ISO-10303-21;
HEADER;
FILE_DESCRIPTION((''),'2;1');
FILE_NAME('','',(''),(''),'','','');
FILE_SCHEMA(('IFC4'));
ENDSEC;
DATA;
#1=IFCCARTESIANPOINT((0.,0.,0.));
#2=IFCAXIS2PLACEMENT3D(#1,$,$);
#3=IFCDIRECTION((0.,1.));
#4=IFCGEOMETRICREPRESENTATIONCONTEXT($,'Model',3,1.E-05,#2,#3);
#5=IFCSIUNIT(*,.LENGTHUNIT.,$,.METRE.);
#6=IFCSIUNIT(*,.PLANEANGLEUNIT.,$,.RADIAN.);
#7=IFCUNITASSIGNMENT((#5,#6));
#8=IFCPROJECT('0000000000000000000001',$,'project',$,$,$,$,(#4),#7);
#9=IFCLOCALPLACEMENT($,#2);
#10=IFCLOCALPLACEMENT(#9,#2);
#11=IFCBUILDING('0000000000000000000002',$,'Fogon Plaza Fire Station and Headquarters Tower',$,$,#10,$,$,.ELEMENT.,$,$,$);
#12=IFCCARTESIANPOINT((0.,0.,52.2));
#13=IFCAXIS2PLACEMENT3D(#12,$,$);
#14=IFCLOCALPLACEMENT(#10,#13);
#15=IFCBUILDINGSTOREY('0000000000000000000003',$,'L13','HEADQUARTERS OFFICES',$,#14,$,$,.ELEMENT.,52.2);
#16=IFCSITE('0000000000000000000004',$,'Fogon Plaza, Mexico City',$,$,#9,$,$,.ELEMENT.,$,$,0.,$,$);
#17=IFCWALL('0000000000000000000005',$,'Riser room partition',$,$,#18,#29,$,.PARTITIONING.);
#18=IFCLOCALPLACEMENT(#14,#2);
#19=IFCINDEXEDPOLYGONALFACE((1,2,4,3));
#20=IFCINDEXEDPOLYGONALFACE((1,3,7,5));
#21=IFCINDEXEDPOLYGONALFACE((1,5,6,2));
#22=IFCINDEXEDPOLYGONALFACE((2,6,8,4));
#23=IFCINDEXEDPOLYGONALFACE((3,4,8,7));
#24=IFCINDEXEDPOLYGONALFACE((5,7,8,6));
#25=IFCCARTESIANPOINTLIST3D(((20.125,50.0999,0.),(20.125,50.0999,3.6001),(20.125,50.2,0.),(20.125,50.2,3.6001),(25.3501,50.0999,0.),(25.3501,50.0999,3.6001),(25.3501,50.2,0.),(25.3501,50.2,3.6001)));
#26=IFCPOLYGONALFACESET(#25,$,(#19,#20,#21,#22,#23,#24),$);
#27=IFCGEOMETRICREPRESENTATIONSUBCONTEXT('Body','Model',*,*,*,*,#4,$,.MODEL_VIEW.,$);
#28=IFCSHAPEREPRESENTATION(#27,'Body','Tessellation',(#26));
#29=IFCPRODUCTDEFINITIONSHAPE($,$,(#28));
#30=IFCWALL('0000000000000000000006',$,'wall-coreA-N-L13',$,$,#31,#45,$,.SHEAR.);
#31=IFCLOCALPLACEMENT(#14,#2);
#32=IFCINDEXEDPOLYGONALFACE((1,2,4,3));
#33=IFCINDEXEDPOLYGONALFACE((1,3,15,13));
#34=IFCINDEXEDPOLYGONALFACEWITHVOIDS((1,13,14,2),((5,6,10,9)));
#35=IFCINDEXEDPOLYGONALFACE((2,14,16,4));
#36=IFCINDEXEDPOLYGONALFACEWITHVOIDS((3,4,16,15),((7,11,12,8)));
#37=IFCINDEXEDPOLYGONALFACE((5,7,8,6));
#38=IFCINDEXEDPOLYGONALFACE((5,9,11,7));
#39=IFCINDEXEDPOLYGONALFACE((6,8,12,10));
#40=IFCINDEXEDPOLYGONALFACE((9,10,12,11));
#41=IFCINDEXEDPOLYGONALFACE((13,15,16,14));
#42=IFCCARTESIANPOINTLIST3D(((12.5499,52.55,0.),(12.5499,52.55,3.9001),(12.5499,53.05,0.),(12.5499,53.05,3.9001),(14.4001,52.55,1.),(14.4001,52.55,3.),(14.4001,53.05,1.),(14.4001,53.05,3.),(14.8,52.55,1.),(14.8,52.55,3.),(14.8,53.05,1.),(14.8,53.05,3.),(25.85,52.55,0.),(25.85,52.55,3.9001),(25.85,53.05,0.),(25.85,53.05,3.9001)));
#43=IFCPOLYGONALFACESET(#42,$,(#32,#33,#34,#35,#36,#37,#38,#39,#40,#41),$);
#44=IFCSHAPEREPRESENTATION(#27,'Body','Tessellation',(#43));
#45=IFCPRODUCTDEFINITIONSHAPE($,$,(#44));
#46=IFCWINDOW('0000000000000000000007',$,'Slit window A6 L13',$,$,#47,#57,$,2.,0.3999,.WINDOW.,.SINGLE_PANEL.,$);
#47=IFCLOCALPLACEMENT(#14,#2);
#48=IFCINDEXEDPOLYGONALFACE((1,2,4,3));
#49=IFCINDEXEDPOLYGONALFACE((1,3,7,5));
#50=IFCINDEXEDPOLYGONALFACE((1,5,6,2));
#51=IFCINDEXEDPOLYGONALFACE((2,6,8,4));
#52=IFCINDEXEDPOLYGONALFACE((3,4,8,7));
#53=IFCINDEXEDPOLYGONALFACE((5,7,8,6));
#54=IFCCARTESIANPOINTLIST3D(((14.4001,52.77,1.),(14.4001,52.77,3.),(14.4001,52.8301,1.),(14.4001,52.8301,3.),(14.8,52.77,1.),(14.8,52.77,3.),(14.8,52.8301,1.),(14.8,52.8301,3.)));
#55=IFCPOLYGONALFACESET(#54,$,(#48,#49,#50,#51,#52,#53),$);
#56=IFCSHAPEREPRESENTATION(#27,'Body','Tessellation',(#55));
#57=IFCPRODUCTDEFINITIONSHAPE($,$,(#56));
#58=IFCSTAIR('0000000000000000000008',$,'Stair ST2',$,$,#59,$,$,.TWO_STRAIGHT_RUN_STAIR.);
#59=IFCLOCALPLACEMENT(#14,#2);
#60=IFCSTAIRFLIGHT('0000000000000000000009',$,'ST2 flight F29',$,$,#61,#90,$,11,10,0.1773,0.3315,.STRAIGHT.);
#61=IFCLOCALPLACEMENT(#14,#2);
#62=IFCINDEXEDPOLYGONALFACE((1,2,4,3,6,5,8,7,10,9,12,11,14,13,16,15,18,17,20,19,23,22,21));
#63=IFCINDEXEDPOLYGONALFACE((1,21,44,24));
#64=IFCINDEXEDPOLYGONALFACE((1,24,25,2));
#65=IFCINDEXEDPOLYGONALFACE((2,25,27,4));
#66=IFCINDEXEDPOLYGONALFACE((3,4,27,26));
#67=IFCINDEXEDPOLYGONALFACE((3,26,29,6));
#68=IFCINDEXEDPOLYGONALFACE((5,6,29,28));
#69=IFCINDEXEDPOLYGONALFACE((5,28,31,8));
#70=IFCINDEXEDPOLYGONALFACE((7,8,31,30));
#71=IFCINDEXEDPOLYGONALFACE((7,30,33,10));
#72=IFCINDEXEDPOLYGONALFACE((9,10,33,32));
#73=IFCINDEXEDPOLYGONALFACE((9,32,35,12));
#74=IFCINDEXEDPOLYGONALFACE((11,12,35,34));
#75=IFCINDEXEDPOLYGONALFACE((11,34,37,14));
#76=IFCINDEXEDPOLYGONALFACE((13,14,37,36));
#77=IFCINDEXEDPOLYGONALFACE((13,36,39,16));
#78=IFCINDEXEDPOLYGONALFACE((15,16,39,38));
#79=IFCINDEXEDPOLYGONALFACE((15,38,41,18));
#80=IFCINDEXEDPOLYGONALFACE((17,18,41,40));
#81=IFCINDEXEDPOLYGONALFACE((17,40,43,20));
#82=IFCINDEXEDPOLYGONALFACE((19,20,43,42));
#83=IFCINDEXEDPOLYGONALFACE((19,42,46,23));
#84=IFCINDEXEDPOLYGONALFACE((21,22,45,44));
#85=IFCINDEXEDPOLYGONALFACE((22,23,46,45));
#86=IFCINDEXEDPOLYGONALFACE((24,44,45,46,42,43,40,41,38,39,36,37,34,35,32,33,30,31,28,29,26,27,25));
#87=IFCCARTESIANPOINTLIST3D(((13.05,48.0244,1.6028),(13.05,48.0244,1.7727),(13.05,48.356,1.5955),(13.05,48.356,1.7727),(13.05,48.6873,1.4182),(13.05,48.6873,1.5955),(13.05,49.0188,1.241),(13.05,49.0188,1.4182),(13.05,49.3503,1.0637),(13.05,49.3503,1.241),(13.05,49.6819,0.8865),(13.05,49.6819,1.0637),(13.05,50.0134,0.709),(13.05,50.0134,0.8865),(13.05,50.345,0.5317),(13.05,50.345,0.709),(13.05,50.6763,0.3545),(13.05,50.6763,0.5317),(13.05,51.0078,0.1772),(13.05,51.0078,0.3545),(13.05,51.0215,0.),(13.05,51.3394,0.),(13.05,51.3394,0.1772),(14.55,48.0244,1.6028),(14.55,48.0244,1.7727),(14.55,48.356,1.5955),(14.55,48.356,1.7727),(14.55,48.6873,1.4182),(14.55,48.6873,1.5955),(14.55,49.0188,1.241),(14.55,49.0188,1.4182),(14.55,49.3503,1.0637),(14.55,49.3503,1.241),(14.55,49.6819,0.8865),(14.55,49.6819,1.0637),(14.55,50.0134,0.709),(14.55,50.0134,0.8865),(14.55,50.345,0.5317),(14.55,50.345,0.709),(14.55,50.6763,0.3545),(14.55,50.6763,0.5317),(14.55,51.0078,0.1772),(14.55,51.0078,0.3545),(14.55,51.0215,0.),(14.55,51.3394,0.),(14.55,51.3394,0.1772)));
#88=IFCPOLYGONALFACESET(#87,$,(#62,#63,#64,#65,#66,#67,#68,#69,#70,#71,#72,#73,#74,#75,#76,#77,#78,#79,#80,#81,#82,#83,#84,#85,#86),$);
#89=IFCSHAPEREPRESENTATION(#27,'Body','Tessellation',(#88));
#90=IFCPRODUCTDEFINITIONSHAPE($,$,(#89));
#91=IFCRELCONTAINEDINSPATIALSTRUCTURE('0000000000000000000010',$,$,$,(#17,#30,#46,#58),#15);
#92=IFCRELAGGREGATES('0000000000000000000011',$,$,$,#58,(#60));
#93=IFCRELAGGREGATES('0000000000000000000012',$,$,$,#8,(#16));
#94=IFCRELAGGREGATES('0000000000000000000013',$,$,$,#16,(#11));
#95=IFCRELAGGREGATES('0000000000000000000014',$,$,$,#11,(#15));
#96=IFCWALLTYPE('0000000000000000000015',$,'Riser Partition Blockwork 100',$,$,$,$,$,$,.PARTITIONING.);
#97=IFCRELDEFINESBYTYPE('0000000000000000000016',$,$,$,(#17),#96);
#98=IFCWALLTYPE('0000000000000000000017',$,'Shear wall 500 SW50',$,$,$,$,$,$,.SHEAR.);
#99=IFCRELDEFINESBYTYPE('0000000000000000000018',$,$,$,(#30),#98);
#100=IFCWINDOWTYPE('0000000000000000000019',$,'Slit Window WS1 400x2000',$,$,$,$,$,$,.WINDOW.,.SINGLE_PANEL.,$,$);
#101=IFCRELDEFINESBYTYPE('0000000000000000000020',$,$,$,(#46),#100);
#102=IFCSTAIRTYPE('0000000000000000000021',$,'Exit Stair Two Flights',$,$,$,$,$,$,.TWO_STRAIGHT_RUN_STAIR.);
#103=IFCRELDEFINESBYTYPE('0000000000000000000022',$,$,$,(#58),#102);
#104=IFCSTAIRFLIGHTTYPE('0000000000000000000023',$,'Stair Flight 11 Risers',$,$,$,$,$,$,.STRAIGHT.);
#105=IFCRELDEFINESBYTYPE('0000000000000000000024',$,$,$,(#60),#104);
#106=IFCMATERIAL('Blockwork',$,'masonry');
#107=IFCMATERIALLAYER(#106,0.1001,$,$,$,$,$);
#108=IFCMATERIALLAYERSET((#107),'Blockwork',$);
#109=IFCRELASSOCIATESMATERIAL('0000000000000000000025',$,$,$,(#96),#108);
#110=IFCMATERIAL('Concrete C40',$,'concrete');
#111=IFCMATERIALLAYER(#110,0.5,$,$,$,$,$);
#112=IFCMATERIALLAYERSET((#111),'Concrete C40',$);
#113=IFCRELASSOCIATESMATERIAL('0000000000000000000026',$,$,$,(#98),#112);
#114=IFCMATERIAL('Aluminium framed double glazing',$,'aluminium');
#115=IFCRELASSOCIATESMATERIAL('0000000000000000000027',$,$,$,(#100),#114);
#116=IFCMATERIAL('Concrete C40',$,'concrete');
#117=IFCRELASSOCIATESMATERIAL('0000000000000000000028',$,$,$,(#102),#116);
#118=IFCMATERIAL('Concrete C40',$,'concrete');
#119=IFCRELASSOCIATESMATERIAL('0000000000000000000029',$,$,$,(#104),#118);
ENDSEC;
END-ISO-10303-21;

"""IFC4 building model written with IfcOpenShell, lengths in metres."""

from ifc_helpers import new_model, si_unit, direction, frame, frame_2d, origin, place, context, subcontext, project, spatial, polyline, rectangle, outline, extrude, material, layer, layer_set, type_object, element, fill, aggregate, save


model = new_model("IFC4")

# Units and contexts
model_context = context("Model", 3, precision=1e-05, world=origin(), true_north=direction((0.0, 1.0)))
body_context = subcontext(model_context, "Body", "Model", "MODEL_VIEW")
ifc_project = project(units=[si_unit("LENGTHUNIT", "METRE"), si_unit("PLANEANGLEUNIT", "RADIAN")], contexts=[model_context])

# Site, building, storey
site_placement = place(None, origin())
site = spatial("IfcSite", under=ifc_project, at=site_placement, Name="Fogon Plaza, Mexico City", CompositionType="ELEMENT", RefElevation=0.0)
building_placement = place(site_placement, origin())
building = spatial("IfcBuilding", under=site, at=building_placement, Name="Fogon Plaza Fire Station and Headquarters Tower", CompositionType="ELEMENT")
storey_placement = place(building_placement, frame((0.0, 0.0, 52.2)))
storey = spatial("IfcBuildingStorey", under=building, at=storey_placement, Name="L13", Description="HEADQUARTERS OFFICES", CompositionType="ELEMENT", Elevation=52.2)

# Wall
ifc_material_1 = material(Name="Blockwork", Category="masonry")
ifc_layer_1 = layer(ifc_material_1, 0.1001)
ifc_layer_set_1 = layer_set([ifc_layer_1], Name="Blockwork")
wall_type_1 = type_object("IfcWallType", Name="Riser Partition Blockwork 100", PredefinedType="PARTITIONING", material=ifc_layer_set_1)
wall_1_placement = place(storey_placement, frame((20.125, 50.1499, 0.0), z_axis=(0.0, 0.0, 1.0), x_axis=(1.0, 0.0, 0.0)))
element("IfcWall", 1, at=wall_1_placement, inside=storey, type_object=wall_type_1, Name="Riser room partition", PredefinedType="PARTITIONING", context=body_context, shape_type="SweptSolid", body=[
    extrude(rectangle(XDim=5.2251, YDim=0.1001, at=frame_2d((2.6125, 0.0))), origin(), (0.0, 0.0, 1.0), 3.6001),
])

# Wall, opening, window
ifc_material_2 = material(Name="Concrete C40", Category="concrete")
ifc_layer_2 = layer(ifc_material_2, 0.5)
ifc_layer_set_2 = layer_set([ifc_layer_2], Name="Concrete C40")
wall_type_2 = type_object("IfcWallType", Name="Shear wall 500 SW50", PredefinedType="SHEAR", material=ifc_layer_set_2)
wall_2_placement = place(storey_placement, frame((12.55, 52.8, 0.0), z_axis=(0.0, 0.0, 1.0), x_axis=(1.0, 0.0, 0.0)))
wall_2 = element("IfcWall", 2, at=wall_2_placement, inside=storey, type_object=wall_type_2, Name="wall-coreA-N-L13", PredefinedType="SHEAR", context=body_context, shape_type="SweptSolid", body=[
    extrude(rectangle(XDim=13.3, YDim=0.5, at=frame_2d((6.6499, 0.0))), origin(), (0.0, 0.0, 1.0), 3.9001),
])
opening_placement = place(wall_2_placement, frame((1.8501, 0.0, 1.0)))
opening = element("IfcOpeningElement", 3, at=opening_placement, cuts=wall_2, PredefinedType="OPENING", context=body_context, shape_type="SweptSolid", body=[
    extrude(rectangle(XDim=0.3999, YDim=2.0, at=frame_2d((0.2, 1.0))), frame((0.0, 0.26, 0.0), z_axis=(0.0, -1.0, 0.0), x_axis=(1.0, 0.0, 0.0)), (0.0, 0.0, 1.0), 0.52),
])
ifc_material_3 = material(Name="Aluminium framed double glazing", Category="aluminium")
window_type = type_object("IfcWindowType", Name="Slit Window WS1 400x2000", PartitioningType="SINGLE_PANEL", PredefinedType="WINDOW", material=ifc_material_3)
window_placement = place(opening_placement, origin())
window = element("IfcWindow", 4, at=window_placement, inside=storey, type_object=window_type, Name="Slit window A6 L13", OverallHeight=2.0, OverallWidth=0.3999, PartitioningType="SINGLE_PANEL", PredefinedType="WINDOW", context=body_context, shape_type="SweptSolid", body=[
    extrude(rectangle(XDim=0.3999, YDim=2.0, at=frame_2d((0.2, 1.0))), frame((0.0, 0.03, 0.0), z_axis=(0.0, -1.0, 0.0), x_axis=(1.0, 0.0, 0.0)), (0.0, 0.0, 1.0), 0.0601),
])
fill(opening, window)

# Stair, stair flight
ifc_material_4 = material(Name="Concrete C40", Category="concrete")
stair_type = type_object("IfcStairType", Name="Exit Stair Two Flights", PredefinedType="TWO_STRAIGHT_RUN_STAIR", material=ifc_material_4)
stair_placement = place(storey_placement, origin())
stair = element("IfcStair", 5, at=stair_placement, inside=storey, type_object=stair_type, Name="Stair ST2", PredefinedType="TWO_STRAIGHT_RUN_STAIR")
ifc_material_5 = material(Name="Concrete C40", Category="concrete")
stair_flight_type = type_object("IfcStairFlightType", Name="Stair Flight 11 Risers", PredefinedType="STRAIGHT", material=ifc_material_5)
stair_flight_placement = place(storey_placement, frame((13.8, 51.3394, 0.0), z_axis=(0.0, 0.0, 1.0), x_axis=(0.0, -1.0, 0.0)))
stair_flight = element("IfcStairFlight", 6, at=stair_flight_placement, type_object=stair_flight_type, Name="ST2 flight F29", NumberOfRisers=11, NumberOfTreads=10, PredefinedType="STRAIGHT", RiserHeight=0.1773, TreadLength=0.3315, context=body_context, shape_type="SweptSolid", body=[
    extrude(outline(polyline([(0.0, 0.0), (0.0, 0.1772), (0.3315, 0.1772), (0.3315, 0.3545), (0.6631, 0.3545), (0.6631, 0.5317), (0.9944, 0.5317), (0.9944, 0.709), (1.3259, 0.709), (1.3259, 0.8865), (1.6575, 0.8865), (1.6575, 1.0637), (1.989, 1.0637), (1.989, 1.241), (2.3206, 1.241), (2.3206, 1.4182), (2.6521, 1.4182), (2.6521, 1.5955), (2.9834, 1.5955), (2.9834, 1.7727), (3.3149, 1.7727), (3.3149, 1.95), (3.3149, 1.6028), (0.3179, 0.0), (0.0, 0.0)])), frame((0.0, 0.75, 0.0), z_axis=(0.0, -1.0, 0.0), x_axis=(1.0, 0.0, 0.0)), (0.0, 0.0, 1.0), 1.5),
])
aggregate(stair, [stair_flight])

save(model, "model.ifc")
